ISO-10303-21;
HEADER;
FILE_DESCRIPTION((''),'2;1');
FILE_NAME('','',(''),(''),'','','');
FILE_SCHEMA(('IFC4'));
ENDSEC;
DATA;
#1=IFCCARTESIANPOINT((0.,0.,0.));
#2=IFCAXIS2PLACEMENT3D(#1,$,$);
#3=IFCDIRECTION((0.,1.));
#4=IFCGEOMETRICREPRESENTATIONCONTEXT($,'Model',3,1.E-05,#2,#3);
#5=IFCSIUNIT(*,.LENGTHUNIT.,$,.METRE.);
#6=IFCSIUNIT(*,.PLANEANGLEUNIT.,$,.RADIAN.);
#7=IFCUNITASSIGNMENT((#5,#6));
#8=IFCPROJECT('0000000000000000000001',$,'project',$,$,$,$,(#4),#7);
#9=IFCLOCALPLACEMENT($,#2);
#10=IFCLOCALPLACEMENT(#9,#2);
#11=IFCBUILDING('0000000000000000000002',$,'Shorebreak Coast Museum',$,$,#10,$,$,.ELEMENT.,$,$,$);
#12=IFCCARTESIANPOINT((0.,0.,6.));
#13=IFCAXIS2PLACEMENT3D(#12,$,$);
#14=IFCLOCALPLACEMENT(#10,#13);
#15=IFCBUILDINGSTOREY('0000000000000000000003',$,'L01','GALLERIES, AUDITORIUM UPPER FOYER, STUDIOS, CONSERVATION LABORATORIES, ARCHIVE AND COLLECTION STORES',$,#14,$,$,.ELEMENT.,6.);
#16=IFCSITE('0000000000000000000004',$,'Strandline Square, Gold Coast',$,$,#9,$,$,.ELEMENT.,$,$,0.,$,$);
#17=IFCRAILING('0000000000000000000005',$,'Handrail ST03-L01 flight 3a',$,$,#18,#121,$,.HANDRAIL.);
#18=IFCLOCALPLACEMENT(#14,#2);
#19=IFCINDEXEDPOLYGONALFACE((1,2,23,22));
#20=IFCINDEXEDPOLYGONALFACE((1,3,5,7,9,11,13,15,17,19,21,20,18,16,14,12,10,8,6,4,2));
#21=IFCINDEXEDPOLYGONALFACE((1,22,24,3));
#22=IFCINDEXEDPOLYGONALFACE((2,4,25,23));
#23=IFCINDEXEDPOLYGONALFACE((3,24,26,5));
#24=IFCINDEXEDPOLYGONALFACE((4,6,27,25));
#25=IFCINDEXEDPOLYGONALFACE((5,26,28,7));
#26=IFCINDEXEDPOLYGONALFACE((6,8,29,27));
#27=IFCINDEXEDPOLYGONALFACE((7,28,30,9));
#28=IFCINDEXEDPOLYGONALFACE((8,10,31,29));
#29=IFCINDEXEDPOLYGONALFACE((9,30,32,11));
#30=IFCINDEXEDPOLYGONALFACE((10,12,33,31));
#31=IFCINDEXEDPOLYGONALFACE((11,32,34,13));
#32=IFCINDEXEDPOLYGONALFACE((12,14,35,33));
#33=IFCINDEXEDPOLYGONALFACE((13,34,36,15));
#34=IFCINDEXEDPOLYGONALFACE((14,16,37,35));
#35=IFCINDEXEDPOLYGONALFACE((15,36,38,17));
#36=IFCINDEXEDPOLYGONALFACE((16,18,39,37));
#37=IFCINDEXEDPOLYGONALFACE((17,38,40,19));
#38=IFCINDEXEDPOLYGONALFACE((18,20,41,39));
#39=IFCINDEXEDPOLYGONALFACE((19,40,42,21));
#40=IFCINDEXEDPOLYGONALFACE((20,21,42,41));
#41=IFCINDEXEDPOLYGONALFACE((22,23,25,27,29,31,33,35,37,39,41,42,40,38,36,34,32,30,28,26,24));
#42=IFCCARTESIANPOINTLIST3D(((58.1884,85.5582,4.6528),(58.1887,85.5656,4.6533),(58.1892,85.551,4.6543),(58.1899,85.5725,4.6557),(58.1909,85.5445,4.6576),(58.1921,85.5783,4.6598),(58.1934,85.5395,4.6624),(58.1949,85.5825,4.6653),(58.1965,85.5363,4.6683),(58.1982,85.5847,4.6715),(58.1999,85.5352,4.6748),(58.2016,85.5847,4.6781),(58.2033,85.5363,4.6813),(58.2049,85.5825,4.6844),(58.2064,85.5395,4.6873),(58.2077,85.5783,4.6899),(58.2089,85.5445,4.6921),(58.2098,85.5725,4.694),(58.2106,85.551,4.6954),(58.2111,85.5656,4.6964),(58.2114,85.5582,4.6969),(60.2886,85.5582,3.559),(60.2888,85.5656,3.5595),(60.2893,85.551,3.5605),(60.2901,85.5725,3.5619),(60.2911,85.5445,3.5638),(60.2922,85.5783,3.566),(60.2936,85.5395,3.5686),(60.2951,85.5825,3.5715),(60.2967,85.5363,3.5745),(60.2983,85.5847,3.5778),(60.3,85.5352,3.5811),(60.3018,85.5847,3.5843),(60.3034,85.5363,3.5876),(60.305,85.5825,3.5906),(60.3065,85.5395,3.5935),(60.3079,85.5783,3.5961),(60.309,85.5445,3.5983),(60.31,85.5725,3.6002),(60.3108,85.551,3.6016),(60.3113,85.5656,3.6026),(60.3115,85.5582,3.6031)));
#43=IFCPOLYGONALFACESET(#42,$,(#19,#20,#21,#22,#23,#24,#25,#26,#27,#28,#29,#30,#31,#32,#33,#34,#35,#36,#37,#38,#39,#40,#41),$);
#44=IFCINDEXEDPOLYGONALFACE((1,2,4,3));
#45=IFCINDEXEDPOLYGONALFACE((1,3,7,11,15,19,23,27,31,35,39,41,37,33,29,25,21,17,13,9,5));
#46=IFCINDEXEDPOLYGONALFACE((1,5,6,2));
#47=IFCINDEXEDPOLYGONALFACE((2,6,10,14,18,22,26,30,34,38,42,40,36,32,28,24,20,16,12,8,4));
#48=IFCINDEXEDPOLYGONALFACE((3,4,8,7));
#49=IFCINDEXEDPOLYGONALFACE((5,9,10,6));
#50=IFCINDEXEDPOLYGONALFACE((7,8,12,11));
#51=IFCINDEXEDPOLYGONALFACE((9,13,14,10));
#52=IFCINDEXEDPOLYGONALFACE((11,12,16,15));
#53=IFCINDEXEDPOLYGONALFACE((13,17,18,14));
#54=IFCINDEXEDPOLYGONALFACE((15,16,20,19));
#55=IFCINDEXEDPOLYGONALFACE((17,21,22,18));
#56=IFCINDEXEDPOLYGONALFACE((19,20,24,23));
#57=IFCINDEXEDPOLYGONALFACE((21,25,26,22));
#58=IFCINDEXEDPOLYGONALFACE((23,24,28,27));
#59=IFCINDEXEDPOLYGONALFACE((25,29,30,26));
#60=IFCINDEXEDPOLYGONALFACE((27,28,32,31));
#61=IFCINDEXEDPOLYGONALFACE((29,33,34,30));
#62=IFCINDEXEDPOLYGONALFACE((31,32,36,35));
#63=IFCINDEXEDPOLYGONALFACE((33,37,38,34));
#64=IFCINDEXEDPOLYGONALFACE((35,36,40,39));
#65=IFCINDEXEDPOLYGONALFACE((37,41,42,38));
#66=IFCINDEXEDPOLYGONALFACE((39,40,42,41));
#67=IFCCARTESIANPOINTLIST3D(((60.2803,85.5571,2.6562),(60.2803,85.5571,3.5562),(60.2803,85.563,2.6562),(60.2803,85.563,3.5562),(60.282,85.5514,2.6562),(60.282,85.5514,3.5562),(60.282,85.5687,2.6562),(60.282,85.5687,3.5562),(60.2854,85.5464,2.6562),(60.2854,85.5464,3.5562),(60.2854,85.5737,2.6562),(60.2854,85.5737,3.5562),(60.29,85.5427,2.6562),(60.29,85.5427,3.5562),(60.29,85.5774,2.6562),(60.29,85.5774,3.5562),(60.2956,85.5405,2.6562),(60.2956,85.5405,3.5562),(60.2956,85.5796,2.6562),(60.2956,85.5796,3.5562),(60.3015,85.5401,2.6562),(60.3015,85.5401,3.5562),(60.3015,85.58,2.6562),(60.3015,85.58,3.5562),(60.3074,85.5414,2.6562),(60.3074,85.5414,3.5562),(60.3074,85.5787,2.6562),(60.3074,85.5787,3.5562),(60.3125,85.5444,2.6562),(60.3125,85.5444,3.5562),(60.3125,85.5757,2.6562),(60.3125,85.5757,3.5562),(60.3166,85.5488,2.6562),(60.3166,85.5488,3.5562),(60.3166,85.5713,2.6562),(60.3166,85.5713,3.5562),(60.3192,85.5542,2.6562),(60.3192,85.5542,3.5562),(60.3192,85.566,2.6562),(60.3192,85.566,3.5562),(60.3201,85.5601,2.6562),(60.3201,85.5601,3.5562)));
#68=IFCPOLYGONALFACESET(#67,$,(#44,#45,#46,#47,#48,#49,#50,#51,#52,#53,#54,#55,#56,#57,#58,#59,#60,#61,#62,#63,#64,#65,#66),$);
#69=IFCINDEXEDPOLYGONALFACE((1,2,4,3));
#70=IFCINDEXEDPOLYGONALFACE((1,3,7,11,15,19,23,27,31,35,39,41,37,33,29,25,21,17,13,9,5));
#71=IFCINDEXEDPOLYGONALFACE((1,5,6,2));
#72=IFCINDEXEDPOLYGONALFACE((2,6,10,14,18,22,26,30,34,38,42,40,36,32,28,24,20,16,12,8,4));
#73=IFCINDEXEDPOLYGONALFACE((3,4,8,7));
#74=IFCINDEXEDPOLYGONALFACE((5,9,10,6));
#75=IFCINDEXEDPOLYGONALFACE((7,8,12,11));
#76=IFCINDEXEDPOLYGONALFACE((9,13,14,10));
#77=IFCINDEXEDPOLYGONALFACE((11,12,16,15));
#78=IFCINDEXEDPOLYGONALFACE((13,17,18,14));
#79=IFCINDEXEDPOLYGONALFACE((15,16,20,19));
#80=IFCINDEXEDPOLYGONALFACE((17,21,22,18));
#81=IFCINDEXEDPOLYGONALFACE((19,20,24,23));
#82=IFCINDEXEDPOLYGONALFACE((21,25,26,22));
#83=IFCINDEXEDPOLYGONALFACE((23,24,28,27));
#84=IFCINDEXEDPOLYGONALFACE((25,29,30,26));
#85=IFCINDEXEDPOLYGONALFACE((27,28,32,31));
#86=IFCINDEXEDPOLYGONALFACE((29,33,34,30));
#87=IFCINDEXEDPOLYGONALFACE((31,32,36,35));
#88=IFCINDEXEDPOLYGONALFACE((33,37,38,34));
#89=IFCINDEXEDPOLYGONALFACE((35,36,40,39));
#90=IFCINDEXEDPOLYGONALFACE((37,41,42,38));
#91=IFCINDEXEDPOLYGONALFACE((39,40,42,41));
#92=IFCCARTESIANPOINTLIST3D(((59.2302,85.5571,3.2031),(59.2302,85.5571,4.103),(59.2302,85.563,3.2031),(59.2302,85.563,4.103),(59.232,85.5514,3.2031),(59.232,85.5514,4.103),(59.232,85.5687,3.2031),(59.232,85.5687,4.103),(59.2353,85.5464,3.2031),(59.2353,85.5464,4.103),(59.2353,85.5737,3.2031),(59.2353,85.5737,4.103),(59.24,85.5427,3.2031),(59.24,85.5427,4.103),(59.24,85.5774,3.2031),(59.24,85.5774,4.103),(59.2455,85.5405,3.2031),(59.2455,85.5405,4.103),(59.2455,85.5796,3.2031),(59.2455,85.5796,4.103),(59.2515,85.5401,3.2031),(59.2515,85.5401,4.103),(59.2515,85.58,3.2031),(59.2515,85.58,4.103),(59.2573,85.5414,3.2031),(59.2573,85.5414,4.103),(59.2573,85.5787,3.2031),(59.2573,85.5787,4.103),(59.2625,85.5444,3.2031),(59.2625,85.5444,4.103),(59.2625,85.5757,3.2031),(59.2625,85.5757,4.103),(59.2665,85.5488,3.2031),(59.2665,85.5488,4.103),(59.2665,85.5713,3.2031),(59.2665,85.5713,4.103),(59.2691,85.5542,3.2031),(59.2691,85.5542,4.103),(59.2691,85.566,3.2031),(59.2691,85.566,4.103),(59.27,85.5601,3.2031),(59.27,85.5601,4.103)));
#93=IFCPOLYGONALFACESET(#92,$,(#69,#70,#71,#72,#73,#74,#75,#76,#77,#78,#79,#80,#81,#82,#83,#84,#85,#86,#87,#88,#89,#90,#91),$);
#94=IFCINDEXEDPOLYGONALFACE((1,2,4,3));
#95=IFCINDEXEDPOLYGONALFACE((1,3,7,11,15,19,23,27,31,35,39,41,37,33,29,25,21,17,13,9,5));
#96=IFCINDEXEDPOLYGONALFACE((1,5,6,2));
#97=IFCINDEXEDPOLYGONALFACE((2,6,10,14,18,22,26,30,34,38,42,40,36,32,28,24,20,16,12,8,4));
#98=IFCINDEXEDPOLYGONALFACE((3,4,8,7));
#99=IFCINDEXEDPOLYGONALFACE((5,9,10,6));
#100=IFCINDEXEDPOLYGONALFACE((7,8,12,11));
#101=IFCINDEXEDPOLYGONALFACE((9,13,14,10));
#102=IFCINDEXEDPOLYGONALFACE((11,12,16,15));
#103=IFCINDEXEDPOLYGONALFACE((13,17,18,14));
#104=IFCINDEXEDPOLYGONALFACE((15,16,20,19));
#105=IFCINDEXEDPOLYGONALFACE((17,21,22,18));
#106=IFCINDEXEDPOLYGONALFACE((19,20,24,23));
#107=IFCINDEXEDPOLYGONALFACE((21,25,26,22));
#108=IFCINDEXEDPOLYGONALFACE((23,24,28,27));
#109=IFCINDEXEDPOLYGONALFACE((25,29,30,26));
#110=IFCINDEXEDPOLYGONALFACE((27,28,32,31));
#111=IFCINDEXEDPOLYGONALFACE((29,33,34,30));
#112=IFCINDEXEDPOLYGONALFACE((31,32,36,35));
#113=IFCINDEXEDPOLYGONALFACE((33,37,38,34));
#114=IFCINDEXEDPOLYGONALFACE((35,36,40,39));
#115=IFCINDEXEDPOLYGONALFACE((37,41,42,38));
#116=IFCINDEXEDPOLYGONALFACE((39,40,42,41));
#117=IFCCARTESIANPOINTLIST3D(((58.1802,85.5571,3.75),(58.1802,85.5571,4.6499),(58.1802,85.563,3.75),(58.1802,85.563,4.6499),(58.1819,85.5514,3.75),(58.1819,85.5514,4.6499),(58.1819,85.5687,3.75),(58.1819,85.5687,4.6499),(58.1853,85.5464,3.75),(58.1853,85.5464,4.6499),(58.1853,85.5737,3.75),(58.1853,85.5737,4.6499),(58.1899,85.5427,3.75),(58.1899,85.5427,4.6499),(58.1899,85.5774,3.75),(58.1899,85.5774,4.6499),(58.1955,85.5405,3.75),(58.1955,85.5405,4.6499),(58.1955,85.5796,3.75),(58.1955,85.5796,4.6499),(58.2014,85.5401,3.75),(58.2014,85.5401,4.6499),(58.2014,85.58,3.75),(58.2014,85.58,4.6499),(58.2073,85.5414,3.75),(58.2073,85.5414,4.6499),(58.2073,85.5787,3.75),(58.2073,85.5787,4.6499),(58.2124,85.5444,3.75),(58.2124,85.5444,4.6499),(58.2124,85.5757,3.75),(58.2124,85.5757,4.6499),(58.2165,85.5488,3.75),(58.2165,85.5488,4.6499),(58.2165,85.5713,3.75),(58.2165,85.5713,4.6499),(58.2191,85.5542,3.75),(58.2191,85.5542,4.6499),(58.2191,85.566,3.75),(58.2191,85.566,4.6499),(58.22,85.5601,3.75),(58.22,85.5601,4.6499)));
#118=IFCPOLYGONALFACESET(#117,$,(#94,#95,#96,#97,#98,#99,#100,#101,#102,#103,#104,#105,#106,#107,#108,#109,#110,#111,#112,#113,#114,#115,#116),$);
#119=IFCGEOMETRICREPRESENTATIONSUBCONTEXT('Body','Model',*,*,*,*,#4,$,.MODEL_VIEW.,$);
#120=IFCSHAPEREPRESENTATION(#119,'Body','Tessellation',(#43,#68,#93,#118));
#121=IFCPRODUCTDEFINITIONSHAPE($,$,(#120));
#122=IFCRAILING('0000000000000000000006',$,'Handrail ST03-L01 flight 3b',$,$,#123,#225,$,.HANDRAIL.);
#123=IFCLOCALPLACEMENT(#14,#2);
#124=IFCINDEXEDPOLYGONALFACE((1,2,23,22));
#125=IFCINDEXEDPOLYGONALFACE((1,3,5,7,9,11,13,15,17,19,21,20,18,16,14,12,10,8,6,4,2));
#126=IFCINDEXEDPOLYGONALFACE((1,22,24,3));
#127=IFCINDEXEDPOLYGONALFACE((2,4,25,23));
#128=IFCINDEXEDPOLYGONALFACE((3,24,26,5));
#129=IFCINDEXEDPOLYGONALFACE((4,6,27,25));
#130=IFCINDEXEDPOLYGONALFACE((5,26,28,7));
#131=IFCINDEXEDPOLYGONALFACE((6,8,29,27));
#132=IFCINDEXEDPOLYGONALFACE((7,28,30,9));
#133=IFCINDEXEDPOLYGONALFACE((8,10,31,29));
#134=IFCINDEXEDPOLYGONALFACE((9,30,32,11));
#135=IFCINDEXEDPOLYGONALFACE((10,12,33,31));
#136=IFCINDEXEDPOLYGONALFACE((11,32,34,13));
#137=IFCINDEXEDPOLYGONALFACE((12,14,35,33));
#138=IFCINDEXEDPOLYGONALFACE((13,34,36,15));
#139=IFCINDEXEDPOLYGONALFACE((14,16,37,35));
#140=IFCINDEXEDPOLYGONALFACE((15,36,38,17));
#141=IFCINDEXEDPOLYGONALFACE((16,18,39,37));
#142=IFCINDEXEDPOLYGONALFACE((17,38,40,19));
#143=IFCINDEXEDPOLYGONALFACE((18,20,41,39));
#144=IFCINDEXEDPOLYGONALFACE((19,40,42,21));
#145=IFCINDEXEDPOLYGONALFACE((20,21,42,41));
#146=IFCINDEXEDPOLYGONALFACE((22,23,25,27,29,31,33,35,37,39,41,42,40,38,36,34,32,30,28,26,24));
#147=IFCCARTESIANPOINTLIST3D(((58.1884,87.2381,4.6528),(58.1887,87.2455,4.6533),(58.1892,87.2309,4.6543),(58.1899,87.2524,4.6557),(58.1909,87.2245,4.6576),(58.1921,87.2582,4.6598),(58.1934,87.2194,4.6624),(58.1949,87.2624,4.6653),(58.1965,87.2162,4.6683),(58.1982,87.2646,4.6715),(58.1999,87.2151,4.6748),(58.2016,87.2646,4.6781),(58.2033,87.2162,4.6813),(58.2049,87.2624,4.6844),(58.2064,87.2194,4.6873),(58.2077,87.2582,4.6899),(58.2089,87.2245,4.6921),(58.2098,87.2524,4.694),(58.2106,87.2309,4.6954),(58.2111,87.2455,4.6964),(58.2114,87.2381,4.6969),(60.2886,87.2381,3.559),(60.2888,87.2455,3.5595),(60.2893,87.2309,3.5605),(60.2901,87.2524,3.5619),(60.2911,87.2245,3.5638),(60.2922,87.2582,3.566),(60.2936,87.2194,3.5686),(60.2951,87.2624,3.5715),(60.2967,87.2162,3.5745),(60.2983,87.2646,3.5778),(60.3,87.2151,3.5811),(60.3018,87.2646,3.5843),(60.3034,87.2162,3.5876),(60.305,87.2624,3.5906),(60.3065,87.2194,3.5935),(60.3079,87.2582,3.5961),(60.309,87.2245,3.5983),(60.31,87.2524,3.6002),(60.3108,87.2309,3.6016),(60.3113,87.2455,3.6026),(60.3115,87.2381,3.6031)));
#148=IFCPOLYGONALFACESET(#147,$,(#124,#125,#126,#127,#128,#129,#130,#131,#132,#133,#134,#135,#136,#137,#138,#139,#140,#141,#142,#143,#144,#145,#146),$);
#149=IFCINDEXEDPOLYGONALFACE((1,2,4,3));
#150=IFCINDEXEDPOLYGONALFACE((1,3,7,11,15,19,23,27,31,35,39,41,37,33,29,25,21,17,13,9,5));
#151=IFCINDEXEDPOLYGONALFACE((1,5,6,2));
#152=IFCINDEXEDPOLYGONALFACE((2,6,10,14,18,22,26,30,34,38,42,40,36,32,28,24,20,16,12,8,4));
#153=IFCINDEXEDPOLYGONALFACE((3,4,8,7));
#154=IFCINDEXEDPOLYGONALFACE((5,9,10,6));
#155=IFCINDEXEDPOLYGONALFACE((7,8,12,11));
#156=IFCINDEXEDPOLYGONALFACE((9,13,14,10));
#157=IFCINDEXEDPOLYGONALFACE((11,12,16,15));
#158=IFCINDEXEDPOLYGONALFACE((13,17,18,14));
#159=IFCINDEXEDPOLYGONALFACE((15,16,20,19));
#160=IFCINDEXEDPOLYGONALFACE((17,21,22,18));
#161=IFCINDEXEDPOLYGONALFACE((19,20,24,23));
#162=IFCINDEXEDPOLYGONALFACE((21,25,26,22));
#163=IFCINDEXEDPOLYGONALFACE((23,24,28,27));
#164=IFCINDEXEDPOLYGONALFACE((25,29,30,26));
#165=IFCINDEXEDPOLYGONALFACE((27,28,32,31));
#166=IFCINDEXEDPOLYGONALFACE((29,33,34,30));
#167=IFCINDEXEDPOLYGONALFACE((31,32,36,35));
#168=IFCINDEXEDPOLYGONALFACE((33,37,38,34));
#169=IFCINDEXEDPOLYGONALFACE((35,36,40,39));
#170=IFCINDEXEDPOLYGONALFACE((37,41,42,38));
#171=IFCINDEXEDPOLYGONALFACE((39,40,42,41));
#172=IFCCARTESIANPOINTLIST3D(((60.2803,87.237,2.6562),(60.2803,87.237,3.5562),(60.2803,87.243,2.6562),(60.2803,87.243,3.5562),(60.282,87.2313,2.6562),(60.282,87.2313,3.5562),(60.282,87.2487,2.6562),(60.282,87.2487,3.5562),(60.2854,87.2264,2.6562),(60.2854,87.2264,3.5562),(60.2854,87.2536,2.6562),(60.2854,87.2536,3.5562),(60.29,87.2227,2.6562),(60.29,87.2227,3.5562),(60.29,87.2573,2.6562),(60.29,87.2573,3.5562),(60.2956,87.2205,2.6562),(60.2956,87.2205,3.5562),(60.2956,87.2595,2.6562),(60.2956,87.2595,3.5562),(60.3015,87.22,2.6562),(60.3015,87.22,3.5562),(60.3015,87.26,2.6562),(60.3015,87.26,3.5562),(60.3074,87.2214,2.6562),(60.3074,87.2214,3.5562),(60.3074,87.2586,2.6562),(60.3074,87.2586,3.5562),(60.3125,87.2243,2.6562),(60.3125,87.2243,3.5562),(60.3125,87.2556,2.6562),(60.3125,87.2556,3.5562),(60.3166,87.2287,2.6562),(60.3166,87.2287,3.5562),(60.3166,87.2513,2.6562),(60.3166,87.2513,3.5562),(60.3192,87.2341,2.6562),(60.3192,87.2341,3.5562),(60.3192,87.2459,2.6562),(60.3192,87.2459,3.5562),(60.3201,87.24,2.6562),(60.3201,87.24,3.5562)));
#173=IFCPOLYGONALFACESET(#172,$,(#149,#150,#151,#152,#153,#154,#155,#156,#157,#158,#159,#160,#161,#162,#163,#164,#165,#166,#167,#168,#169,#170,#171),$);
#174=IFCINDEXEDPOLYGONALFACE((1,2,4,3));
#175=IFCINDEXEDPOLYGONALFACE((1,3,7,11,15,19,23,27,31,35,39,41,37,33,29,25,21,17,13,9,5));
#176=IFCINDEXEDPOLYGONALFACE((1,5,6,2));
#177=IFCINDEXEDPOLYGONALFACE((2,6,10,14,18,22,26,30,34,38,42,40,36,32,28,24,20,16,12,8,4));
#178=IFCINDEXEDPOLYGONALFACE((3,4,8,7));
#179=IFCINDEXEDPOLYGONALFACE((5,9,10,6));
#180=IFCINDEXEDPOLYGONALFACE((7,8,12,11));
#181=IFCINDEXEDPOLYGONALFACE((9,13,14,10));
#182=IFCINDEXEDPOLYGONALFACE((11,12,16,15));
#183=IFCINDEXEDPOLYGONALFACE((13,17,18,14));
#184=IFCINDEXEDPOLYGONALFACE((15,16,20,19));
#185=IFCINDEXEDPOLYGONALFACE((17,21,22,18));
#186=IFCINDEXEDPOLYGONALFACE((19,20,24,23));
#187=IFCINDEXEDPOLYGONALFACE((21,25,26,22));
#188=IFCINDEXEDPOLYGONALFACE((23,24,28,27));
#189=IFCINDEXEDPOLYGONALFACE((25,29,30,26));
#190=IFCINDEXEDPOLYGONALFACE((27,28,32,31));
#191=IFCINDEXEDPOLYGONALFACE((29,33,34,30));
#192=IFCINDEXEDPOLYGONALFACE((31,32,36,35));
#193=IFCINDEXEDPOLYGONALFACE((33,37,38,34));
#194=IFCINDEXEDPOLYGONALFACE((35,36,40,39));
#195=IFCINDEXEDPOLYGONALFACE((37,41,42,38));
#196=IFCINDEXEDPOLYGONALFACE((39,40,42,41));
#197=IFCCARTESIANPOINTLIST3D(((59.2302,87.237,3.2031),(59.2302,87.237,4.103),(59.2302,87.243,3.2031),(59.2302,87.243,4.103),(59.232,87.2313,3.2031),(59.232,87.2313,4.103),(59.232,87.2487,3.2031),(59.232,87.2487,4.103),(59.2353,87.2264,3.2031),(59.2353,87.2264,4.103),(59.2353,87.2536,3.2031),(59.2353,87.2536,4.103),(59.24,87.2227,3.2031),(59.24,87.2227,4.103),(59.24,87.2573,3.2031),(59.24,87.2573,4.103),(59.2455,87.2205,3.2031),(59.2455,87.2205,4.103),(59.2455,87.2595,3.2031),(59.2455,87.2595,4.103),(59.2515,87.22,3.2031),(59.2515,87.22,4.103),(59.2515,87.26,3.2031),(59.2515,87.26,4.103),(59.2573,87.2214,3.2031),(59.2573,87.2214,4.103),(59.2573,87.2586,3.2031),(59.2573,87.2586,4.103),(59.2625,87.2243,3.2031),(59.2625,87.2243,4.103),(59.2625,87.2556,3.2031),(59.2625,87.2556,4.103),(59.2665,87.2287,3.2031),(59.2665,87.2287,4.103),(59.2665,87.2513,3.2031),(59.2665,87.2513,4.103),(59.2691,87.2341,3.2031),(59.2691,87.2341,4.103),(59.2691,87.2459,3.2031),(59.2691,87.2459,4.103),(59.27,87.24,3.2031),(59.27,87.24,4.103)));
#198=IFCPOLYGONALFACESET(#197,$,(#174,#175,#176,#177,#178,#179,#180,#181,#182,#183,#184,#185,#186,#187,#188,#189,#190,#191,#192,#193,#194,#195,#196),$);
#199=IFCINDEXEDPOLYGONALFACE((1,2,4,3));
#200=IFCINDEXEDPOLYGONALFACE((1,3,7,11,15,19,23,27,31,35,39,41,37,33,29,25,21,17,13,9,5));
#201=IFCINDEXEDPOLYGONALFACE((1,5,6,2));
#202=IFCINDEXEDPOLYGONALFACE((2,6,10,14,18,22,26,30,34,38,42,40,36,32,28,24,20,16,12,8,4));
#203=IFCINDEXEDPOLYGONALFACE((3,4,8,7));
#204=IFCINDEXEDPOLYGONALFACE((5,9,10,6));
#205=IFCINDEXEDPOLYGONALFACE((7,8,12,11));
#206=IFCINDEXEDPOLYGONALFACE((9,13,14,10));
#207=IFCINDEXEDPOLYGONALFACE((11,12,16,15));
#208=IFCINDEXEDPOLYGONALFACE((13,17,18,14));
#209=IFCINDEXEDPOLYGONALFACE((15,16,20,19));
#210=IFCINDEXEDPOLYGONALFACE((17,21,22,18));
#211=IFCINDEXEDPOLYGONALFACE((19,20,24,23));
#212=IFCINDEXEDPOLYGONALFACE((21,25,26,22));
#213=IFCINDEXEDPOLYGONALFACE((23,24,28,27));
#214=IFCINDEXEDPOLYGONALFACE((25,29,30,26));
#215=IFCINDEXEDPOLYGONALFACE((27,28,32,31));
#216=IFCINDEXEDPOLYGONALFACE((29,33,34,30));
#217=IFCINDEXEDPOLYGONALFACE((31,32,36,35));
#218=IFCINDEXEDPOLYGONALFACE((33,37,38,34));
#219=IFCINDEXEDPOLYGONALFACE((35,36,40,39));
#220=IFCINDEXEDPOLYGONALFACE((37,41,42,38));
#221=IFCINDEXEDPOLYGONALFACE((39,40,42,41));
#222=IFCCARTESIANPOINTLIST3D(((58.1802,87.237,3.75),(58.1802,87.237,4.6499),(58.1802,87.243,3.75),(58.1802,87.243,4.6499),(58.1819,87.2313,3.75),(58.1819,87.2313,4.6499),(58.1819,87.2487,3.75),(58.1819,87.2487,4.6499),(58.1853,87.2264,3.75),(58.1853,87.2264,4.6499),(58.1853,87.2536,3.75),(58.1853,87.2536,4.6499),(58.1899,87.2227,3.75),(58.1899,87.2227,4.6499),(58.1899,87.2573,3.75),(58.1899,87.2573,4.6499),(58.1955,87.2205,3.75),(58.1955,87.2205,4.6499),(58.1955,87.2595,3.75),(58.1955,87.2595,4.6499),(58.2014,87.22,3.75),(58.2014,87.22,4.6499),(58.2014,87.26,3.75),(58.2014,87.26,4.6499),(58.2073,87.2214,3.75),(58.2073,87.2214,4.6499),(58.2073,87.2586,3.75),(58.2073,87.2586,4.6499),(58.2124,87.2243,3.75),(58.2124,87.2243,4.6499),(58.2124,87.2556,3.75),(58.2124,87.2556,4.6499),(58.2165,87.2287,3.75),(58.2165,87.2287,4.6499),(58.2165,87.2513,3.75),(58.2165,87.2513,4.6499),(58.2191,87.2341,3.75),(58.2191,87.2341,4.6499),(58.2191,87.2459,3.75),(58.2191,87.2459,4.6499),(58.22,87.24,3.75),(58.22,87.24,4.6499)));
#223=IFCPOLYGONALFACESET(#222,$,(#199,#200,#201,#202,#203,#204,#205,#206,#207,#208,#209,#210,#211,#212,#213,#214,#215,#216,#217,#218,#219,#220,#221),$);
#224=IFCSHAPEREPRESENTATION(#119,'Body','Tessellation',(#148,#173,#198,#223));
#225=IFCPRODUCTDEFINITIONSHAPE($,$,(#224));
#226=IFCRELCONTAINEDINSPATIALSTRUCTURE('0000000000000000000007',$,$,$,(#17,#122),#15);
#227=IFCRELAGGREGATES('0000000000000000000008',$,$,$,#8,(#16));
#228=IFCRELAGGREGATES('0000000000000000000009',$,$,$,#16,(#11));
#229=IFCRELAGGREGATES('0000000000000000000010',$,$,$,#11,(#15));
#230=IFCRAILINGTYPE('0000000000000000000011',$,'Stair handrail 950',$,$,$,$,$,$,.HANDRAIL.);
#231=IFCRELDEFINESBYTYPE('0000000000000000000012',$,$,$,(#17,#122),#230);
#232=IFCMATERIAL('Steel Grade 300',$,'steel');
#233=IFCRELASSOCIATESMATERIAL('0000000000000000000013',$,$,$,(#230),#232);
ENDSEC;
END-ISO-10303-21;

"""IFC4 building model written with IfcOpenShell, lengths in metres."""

from ifc_helpers import new_model, si_unit, direction, frame, origin, origin_2d, place, context, subcontext, project, spatial, circle, extrude, material, type_object, element, save


model = new_model("IFC4")

# Units and contexts
model_context = context("Model", 3, precision=1e-05, world=origin(), true_north=direction((0.0, 1.0)))
body_context = subcontext(model_context, "Body", "Model", "MODEL_VIEW")
ifc_project = project(units=[si_unit("LENGTHUNIT", "METRE"), si_unit("PLANEANGLEUNIT", "RADIAN")], contexts=[model_context])

# Site, building, storey
site_placement = place(None, origin())
site = spatial("IfcSite", under=ifc_project, at=site_placement, Name="Strandline Square, Gold Coast", CompositionType="ELEMENT", RefElevation=0.0)
building_placement = place(site_placement, origin())
building = spatial("IfcBuilding", under=site, at=building_placement, Name="Shorebreak Coast Museum", CompositionType="ELEMENT")
storey_placement = place(building_placement, frame((0.0, 0.0, 6.0)))
storey = spatial("IfcBuildingStorey", under=building, at=storey_placement, Name="L01", Description="GALLERIES, AUDITORIUM UPPER FOYER, STUDIOS, CONSERVATION LABORATORIES, ARCHIVE AND COLLECTION STORES", CompositionType="ELEMENT", Elevation=6.0)

# Railings
ifc_material_1 = material(Name="Steel Grade 300", Category="steel")
railing_type_1 = type_object("IfcRailingType", Name="Stair handrail 950", PredefinedType="HANDRAIL", material=ifc_material_1)
for number, where, name in (
    (1, (60.3, 85.5601, 2.6562), "Handrail ST03-L01 flight 3a"),
    (2, (60.3, 87.24, 2.6562), "Handrail ST03-L01 flight 3b"),
):
    element("IfcRailing", number, at=place(storey_placement, frame(where)), inside=storey, type_object=railing_type_1, Name=name, PredefinedType="HANDRAIL", context=body_context, shape_type="SweptSolid", body=[
        extrude(circle(Radius=0.0249, at=origin_2d()), frame((0.0, 0.0, 0.9248), z_axis=(-0.886923, 0.0, 0.461918), x_axis=(0.0, -1.0, 0.0)), (0.0, 0.0, 1.0), 2.3679),
        extrude(circle(Radius=0.02, at=origin_2d()), origin(), (0.0, 0.0, 1.0), 0.8999),
        extrude(circle(Radius=0.02, at=origin_2d()), frame((-1.05, 0.0, 0.5469)), (0.0, 0.0, 1.0), 0.8999),
        extrude(circle(Radius=0.02, at=origin_2d()), frame((-2.1001, 0.0, 1.0938)), (0.0, 0.0, 1.0), 0.8999),
    ])

save(model, "model.ifc")
